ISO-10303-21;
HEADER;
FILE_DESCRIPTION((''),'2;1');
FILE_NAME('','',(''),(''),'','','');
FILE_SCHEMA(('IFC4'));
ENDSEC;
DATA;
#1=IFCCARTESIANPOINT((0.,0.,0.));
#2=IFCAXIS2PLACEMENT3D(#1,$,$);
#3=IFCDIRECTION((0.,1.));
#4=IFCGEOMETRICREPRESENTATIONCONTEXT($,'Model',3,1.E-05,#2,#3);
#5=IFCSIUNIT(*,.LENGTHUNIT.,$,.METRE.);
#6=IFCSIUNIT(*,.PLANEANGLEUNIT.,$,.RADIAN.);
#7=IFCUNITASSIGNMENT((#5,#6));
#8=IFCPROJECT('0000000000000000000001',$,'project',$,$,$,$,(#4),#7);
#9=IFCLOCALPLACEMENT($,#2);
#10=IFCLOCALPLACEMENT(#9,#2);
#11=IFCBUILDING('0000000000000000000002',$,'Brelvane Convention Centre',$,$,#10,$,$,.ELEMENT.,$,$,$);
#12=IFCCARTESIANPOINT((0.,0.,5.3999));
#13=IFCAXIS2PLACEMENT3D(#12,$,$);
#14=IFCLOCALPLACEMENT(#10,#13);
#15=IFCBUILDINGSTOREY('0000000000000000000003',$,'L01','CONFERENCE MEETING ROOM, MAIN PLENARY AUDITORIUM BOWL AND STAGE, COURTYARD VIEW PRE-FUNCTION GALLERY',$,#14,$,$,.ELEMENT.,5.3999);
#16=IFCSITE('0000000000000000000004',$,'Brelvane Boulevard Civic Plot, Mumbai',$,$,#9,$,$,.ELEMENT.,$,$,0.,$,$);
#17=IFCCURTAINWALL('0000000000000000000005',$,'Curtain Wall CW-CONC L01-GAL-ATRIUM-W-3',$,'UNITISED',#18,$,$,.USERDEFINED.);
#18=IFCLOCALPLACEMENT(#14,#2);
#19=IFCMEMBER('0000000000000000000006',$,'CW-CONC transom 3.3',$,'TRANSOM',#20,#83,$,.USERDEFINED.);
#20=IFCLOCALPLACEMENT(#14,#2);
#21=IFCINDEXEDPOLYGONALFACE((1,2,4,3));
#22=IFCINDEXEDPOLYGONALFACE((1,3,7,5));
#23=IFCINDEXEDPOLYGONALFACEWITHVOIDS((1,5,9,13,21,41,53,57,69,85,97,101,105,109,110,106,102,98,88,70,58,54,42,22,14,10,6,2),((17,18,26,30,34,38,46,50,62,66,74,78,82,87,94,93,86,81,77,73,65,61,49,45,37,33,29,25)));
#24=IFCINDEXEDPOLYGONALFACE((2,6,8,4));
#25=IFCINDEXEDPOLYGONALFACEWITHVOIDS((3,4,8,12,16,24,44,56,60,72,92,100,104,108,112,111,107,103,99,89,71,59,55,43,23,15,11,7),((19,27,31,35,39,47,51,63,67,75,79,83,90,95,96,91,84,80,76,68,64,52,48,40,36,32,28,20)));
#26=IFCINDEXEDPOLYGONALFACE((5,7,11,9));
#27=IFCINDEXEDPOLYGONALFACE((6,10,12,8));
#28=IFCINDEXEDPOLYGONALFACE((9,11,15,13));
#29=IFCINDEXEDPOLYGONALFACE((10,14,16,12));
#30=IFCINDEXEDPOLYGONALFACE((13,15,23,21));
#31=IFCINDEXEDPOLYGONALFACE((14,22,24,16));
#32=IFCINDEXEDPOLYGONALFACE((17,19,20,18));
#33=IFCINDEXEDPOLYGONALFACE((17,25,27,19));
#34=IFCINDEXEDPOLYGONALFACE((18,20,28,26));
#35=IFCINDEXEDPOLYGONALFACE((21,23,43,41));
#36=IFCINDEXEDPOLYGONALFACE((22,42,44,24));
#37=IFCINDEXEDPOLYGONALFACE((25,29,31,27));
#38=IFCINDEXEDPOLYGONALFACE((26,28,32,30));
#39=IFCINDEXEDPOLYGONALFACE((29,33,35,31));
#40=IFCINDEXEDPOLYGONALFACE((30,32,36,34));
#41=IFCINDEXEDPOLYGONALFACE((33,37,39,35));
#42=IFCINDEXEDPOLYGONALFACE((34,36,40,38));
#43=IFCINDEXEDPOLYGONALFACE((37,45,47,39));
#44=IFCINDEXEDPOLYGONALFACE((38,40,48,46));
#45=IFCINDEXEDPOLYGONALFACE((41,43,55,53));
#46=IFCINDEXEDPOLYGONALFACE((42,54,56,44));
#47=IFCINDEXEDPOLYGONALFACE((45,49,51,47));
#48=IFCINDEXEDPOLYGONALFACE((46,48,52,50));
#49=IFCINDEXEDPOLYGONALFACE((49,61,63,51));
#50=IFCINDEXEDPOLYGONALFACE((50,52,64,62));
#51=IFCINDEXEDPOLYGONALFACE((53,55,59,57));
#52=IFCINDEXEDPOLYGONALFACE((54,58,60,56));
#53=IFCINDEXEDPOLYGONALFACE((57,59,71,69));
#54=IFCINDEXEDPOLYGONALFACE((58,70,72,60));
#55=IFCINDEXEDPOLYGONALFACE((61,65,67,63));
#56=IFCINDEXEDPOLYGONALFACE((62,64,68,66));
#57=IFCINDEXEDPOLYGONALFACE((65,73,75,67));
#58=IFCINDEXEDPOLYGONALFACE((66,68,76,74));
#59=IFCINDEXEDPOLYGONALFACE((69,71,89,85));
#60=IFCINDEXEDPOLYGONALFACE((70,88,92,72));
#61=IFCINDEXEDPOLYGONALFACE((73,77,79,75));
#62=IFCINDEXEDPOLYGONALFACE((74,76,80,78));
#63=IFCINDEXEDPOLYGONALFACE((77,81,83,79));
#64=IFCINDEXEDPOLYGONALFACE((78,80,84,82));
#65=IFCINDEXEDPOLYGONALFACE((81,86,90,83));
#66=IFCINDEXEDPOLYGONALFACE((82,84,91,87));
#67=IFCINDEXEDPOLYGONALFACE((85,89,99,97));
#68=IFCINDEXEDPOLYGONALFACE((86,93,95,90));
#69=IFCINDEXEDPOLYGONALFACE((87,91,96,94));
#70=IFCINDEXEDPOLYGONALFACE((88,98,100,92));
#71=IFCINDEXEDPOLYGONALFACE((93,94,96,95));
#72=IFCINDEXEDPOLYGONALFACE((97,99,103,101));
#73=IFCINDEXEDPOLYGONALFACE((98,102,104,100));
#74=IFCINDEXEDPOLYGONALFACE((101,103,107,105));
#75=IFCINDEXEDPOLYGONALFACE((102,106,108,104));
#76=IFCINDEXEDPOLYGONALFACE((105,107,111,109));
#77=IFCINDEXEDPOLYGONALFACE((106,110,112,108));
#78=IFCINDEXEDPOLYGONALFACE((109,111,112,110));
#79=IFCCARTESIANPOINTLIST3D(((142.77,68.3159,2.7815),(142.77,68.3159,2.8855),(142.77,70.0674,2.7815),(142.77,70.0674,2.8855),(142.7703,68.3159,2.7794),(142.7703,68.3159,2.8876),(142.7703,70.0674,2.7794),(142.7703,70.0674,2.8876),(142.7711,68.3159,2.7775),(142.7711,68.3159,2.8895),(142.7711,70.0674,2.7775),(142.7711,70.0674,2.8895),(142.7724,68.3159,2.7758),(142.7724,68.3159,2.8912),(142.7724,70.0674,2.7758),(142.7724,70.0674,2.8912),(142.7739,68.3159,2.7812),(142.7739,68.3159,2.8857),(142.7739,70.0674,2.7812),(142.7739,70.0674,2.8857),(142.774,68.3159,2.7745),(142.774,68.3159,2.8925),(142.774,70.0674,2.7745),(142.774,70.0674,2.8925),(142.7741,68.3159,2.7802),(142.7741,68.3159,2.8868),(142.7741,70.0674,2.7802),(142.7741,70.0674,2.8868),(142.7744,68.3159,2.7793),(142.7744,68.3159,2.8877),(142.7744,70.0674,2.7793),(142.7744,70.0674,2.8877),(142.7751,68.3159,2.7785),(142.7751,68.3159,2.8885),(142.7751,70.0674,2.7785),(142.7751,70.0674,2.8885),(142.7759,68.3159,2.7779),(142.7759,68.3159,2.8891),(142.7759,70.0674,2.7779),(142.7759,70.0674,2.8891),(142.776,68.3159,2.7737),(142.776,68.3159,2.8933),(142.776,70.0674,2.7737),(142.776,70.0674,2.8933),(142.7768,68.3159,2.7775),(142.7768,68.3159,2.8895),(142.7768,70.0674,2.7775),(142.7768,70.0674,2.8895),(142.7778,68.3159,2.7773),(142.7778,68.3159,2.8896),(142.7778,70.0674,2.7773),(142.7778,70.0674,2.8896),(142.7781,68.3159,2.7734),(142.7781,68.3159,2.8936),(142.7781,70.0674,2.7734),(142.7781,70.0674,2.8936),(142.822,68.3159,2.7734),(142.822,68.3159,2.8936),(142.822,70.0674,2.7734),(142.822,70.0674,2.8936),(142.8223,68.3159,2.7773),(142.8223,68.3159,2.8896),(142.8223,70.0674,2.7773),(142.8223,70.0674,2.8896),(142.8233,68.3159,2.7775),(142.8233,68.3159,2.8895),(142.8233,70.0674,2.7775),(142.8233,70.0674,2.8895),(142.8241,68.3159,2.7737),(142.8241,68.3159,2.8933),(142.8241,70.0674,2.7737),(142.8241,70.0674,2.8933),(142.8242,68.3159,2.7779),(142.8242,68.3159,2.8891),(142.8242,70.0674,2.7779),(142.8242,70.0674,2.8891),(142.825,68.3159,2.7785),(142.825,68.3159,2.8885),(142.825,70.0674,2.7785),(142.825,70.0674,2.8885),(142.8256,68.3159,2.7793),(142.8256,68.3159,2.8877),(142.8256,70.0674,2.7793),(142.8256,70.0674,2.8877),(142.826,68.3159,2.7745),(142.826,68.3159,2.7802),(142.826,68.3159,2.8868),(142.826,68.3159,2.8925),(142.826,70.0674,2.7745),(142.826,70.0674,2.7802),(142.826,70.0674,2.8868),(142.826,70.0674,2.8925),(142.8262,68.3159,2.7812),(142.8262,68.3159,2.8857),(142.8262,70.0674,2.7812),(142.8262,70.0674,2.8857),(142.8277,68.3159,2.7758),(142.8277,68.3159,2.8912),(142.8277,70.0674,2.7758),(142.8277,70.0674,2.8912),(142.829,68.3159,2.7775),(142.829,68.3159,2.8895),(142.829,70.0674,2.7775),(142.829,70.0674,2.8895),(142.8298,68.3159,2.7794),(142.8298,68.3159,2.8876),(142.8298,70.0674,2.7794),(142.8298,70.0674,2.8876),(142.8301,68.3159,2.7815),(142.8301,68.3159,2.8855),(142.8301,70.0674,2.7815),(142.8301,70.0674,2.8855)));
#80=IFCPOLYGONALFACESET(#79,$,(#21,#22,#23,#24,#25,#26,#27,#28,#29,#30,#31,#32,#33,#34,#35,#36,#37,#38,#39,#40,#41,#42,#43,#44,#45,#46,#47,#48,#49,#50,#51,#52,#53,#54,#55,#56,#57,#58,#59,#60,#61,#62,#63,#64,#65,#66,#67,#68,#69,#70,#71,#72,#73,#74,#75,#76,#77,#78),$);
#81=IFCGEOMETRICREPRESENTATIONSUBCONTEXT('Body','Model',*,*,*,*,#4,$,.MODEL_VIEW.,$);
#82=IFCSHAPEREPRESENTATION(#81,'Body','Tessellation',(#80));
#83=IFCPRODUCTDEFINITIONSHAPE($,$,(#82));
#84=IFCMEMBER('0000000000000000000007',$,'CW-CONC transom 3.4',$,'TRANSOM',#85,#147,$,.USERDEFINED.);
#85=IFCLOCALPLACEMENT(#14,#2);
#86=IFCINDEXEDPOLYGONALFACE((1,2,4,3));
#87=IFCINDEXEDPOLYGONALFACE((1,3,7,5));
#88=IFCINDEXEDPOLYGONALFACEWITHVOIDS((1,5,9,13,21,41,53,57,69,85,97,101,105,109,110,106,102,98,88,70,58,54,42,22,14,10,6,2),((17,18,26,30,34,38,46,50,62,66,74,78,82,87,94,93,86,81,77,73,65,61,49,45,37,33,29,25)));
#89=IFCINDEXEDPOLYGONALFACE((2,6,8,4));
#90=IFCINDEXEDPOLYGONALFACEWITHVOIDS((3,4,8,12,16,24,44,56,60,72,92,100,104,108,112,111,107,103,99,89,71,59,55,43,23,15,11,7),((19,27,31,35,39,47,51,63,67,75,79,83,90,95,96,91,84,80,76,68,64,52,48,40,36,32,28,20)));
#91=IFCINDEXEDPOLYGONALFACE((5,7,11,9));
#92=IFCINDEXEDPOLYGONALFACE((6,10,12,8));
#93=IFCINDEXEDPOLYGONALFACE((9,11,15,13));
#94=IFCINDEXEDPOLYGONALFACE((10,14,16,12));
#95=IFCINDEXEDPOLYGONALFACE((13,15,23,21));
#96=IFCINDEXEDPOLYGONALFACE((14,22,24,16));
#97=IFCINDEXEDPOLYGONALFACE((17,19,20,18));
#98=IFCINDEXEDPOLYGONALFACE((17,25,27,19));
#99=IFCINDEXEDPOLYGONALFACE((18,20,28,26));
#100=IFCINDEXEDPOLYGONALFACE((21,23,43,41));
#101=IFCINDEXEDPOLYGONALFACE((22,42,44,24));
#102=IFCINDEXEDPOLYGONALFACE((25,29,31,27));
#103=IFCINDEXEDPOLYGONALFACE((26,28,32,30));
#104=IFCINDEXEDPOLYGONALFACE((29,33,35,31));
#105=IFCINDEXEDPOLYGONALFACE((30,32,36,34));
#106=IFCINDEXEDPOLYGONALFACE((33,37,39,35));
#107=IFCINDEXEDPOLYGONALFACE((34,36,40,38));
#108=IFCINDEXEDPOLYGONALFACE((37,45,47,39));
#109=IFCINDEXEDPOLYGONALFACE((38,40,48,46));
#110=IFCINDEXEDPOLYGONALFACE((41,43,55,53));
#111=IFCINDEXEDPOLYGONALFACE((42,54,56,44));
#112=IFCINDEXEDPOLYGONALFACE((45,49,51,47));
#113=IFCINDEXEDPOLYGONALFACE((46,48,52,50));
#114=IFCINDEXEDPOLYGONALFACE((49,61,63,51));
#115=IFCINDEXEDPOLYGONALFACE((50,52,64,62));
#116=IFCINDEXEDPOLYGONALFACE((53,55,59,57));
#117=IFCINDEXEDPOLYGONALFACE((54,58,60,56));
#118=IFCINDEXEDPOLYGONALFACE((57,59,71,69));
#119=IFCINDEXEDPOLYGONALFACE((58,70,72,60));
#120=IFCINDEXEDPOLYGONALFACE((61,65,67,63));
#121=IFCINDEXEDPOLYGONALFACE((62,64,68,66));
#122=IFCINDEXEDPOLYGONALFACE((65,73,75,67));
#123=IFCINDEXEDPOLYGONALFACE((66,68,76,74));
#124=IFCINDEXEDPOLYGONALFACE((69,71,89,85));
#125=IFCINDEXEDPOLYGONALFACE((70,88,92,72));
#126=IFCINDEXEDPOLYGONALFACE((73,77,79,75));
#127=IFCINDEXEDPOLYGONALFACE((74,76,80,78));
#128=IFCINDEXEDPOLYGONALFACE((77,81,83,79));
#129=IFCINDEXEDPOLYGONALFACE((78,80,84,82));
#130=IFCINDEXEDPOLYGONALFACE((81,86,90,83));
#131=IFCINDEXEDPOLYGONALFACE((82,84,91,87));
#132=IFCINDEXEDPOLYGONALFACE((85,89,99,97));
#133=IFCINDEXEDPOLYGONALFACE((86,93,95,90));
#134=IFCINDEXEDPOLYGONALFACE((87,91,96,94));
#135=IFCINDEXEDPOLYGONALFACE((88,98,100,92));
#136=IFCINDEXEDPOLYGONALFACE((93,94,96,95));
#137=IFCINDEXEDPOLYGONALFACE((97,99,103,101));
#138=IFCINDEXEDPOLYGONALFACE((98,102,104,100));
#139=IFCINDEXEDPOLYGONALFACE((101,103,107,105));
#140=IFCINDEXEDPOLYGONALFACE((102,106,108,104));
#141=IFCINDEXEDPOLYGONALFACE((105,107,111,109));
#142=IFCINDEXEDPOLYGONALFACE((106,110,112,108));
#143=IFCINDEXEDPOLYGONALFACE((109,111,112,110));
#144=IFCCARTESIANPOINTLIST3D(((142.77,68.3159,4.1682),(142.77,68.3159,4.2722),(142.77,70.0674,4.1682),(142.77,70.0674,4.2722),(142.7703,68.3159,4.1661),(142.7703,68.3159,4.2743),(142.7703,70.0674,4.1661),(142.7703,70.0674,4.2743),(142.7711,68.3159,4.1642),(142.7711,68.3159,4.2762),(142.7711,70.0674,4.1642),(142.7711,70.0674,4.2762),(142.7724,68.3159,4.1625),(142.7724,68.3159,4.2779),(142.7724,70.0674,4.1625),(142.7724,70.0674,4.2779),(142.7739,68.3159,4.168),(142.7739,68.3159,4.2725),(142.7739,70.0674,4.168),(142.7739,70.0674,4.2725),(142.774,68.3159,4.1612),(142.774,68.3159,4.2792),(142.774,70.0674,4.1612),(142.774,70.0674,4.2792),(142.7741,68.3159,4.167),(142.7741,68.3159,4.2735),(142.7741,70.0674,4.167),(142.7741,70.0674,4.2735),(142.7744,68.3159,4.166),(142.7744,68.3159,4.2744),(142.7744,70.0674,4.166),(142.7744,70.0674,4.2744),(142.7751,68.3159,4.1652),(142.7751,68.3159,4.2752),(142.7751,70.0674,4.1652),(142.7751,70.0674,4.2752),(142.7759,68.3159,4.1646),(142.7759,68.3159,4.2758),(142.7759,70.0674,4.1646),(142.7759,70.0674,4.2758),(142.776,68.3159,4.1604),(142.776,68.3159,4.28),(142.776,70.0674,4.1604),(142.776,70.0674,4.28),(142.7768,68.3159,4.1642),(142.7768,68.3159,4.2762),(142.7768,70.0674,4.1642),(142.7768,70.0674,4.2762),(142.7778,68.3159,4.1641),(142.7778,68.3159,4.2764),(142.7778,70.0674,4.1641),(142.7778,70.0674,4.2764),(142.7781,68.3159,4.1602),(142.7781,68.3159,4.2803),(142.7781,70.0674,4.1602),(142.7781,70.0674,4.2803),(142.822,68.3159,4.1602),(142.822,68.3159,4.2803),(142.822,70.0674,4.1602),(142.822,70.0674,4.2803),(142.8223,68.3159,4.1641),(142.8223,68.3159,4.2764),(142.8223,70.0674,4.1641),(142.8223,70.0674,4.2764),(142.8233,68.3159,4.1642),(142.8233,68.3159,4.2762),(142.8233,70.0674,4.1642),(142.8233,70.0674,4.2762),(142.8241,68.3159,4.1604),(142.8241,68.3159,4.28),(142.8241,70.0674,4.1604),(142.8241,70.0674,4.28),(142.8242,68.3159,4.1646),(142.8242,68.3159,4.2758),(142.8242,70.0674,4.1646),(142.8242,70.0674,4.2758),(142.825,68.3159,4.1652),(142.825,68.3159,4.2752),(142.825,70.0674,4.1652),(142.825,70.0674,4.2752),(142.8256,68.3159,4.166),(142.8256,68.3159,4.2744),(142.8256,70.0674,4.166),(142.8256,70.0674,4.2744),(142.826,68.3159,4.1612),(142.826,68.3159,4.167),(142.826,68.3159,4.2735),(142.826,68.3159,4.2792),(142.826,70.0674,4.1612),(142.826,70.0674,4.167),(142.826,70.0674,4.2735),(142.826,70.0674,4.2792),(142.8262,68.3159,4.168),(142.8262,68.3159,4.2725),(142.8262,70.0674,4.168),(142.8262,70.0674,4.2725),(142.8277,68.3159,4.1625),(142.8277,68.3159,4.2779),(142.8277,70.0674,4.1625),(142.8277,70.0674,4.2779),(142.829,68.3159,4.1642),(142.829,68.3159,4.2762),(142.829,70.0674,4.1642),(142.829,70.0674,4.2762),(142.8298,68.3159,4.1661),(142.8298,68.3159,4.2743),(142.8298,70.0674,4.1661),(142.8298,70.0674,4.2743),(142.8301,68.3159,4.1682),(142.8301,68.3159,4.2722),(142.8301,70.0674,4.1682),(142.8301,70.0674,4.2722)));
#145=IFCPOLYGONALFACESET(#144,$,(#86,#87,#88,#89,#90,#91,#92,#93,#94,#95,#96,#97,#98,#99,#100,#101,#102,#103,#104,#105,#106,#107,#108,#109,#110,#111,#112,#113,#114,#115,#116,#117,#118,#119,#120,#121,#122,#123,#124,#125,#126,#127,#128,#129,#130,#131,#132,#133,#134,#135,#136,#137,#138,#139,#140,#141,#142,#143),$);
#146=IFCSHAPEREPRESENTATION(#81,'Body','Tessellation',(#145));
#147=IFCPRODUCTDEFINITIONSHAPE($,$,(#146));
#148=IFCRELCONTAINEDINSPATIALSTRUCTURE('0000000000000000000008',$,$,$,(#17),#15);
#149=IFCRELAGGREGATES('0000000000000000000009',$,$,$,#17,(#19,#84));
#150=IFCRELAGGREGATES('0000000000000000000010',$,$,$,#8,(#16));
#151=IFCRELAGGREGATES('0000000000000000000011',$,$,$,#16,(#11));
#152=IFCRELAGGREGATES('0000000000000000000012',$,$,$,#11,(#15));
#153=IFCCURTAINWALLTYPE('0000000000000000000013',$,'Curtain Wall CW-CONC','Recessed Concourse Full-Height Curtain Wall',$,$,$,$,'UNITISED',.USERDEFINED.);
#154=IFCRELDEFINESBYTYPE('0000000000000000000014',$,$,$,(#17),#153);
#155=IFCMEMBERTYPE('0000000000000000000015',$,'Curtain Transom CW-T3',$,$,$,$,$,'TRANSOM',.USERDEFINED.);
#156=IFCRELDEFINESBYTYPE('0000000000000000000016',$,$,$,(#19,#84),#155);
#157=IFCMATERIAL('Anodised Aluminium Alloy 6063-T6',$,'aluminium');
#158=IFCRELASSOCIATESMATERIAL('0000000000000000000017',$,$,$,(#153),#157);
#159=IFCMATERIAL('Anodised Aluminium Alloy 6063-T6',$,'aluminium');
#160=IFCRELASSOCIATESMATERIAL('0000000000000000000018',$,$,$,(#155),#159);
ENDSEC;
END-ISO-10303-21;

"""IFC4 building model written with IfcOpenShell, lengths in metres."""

from ifc_helpers import new_model, si_unit, direction, frame, origin, origin_2d, place, context, subcontext, project, spatial, hollow_rectangle, extrude, material, material_profile, profile_set, type_object, element, aggregate, save


model = new_model("IFC4")

# Units and contexts
model_context = context("Model", 3, precision=1e-05, world=origin(), true_north=direction((0.0, 1.0)))
body_context = subcontext(model_context, "Body", "Model", "MODEL_VIEW")
ifc_project = project(units=[si_unit("LENGTHUNIT", "METRE"), si_unit("PLANEANGLEUNIT", "RADIAN")], contexts=[model_context])

# Site, building, storey
site_placement = place(None, origin())
site = spatial("IfcSite", under=ifc_project, at=site_placement, Name="Brelvane Boulevard Civic Plot, Mumbai", CompositionType="ELEMENT", RefElevation=0.0)
building_placement = place(site_placement, origin())
building = spatial("IfcBuilding", under=site, at=building_placement, Name="Brelvane Convention Centre", CompositionType="ELEMENT")
storey_placement = place(building_placement, frame((0.0, 0.0, 5.3999)))
storey = spatial("IfcBuildingStorey", under=building, at=storey_placement, Name="L01", Description="CONFERENCE MEETING ROOM, MAIN PLENARY AUDITORIUM BOWL AND STAGE, COURTYARD VIEW PRE-FUNCTION GALLERY", CompositionType="ELEMENT", Elevation=5.3999)

# Curtain wall, members
ifc_material_1 = material(Name="Anodised Aluminium Alloy 6063-T6", Category="aluminium")
curtain_wall_type = type_object("IfcCurtainWallType", Name="Curtain Wall CW-CONC", Description="Recessed Concourse Full-Height Curtain Wall", ElementType="UNITISED", PredefinedType="USERDEFINED", material=ifc_material_1)
curtain_wall_placement = place(storey_placement, origin())
curtain_wall = element("IfcCurtainWall", 1, at=curtain_wall_placement, inside=storey, type_object=curtain_wall_type, Name="Curtain Wall CW-CONC L01-GAL-ATRIUM-W-3", ObjectType="UNITISED", PredefinedType="USERDEFINED")
ifc_material_2 = material(Name="Anodised Aluminium Alloy 6063-T6", Category="aluminium")
ifc_material_profile_1 = material_profile(ifc_material_2, hollow_rectangle(XDim=0.0601, YDim=0.1201, WallThickness=0.0039, InnerFilletRadius=0.0039, OuterFilletRadius=0.0081, at=origin_2d()), Name="ALU-T 120x60x4.0")
ifc_profile_set_1 = profile_set([ifc_material_profile_1], Name="Anodised Aluminium Alloy 6063-T6")
member_type_1 = type_object("IfcMemberType", Name="Curtain Transom CW-T3", ElementType="TRANSOM", PredefinedType="USERDEFINED", material=ifc_profile_set_1)
member_1_placement = place(storey_placement, frame((142.8, 68.3159, 2.8335), z_axis=(0.0, 1.0, 0.0), x_axis=(-1.0, 0.0, 0.0)))
member_1 = element("IfcMember", 2, at=member_1_placement, type_object=member_type_1, Name="CW-CONC transom 3.3", ObjectType="TRANSOM", PredefinedType="USERDEFINED", context=body_context, shape_type="SweptSolid", body=[
    extrude(hollow_rectangle(XDim=0.0601, YDim=0.1201, WallThickness=0.0039, InnerFilletRadius=0.0039, OuterFilletRadius=0.0081, at=origin_2d()), origin(), (0.0, 0.0, 1.0), 1.7515),
])
member_2_placement = place(storey_placement, frame((142.8, 68.3159, 4.2202), z_axis=(0.0, 1.0, 0.0), x_axis=(-1.0, 0.0, 0.0)))
member_2 = element("IfcMember", 3, at=member_2_placement, type_object=member_type_1, Name="CW-CONC transom 3.4", ObjectType="TRANSOM", PredefinedType="USERDEFINED", context=body_context, shape_type="SweptSolid", body=[
    extrude(hollow_rectangle(XDim=0.0601, YDim=0.1201, WallThickness=0.0039, InnerFilletRadius=0.0039, OuterFilletRadius=0.0081, at=origin_2d()), origin(), (0.0, 0.0, 1.0), 1.7515),
])

aggregate(curtain_wall, [member_1, member_2])

save(model, "model.ifc")
